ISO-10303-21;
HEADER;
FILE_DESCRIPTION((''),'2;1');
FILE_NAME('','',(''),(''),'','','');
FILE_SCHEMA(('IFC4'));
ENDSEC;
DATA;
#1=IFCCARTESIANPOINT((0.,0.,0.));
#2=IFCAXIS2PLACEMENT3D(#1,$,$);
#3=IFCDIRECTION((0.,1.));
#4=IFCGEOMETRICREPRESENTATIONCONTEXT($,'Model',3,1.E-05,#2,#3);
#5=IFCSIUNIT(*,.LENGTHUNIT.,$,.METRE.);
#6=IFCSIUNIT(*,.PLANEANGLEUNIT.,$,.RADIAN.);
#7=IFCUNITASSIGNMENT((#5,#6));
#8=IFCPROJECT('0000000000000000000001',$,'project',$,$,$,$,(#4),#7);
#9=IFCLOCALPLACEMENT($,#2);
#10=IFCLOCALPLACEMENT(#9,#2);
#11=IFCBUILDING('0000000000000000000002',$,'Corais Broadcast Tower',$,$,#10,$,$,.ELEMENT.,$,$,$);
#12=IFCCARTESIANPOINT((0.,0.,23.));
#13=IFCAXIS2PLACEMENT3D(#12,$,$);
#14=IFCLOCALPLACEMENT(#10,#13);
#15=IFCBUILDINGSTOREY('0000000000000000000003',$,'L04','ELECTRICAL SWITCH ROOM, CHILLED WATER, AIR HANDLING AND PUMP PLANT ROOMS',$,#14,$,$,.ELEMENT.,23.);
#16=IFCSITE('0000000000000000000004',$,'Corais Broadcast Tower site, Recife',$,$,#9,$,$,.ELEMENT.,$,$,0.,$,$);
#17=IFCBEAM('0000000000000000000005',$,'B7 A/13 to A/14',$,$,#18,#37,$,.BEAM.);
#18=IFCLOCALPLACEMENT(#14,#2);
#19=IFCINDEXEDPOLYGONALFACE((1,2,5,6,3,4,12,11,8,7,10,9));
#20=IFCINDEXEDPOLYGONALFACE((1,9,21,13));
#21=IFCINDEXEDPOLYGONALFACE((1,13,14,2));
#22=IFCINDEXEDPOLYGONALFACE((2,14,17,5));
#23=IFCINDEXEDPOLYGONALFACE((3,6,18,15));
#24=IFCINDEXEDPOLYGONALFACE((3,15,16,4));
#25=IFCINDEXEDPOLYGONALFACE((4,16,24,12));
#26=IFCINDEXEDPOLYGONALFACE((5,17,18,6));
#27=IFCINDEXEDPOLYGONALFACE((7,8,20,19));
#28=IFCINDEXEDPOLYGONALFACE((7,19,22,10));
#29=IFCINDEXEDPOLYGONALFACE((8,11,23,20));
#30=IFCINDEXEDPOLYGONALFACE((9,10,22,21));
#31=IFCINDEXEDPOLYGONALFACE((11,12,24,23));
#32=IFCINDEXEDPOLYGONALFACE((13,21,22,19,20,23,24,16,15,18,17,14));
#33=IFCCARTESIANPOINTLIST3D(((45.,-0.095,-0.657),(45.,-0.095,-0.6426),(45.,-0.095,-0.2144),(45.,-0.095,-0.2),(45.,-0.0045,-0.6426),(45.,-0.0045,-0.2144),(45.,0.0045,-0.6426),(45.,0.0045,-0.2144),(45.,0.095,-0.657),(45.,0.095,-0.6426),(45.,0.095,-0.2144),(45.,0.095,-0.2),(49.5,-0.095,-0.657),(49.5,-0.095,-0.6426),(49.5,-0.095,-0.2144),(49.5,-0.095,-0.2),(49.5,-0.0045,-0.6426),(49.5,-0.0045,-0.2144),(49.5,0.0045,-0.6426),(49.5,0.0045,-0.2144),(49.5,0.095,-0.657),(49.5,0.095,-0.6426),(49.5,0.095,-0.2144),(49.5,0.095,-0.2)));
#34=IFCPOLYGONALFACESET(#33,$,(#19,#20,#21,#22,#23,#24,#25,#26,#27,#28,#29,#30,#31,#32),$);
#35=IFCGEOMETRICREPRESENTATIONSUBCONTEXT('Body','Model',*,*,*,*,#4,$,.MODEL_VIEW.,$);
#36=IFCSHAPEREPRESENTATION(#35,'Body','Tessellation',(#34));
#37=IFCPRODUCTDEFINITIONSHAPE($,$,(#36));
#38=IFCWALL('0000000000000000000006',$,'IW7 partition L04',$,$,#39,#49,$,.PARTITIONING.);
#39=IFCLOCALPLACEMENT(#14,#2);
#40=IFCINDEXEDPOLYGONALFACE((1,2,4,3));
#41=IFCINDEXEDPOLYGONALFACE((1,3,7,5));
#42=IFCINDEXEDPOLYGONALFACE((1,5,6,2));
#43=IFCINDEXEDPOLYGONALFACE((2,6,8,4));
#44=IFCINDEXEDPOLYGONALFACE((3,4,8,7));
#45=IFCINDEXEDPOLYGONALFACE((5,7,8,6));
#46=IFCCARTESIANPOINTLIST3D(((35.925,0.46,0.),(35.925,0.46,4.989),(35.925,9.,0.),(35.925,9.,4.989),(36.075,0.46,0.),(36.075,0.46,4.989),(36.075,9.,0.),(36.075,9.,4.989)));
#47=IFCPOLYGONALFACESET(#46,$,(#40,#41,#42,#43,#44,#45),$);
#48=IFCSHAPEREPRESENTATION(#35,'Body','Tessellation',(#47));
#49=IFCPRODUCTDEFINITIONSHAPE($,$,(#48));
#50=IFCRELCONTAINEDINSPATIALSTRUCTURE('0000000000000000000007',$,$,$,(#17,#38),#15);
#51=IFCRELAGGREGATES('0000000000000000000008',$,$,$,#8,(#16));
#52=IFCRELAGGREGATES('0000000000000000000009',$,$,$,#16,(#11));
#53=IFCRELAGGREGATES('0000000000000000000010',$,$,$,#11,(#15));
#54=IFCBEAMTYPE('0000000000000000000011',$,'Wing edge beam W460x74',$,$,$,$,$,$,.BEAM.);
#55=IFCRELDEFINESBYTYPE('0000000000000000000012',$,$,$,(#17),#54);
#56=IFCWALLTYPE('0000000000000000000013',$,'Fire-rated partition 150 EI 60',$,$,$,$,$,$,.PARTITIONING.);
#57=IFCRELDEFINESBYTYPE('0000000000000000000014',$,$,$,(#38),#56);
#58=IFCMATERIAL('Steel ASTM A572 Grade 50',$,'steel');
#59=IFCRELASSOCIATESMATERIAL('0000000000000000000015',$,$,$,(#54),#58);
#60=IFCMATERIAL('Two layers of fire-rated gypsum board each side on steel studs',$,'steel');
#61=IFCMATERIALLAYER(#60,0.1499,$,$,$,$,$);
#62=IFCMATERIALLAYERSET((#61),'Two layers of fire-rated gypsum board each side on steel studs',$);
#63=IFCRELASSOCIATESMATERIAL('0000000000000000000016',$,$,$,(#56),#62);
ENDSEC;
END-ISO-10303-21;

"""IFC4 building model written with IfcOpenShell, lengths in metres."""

from ifc_helpers import new_model, si_unit, direction, frame, frame_2d, origin, origin_2d, place, context, subcontext, project, spatial, rectangle, i_section, extrude, material, layer, layer_set, material_profile, profile_set, type_object, element, save


model = new_model("IFC4")

# Units and contexts
model_context = context("Model", 3, precision=1e-05, world=origin(), true_north=direction((0.0, 1.0)))
body_context = subcontext(model_context, "Body", "Model", "MODEL_VIEW")
ifc_project = project(units=[si_unit("LENGTHUNIT", "METRE"), si_unit("PLANEANGLEUNIT", "RADIAN")], contexts=[model_context])

# Site, building, storey
site_placement = place(None, origin())
site = spatial("IfcSite", under=ifc_project, at=site_placement, Name="Corais Broadcast Tower site, Recife", CompositionType="ELEMENT", RefElevation=0.0)
building_placement = place(site_placement, origin())
building = spatial("IfcBuilding", under=site, at=building_placement, Name="Corais Broadcast Tower", CompositionType="ELEMENT")
storey_placement = place(building_placement, frame((0.0, 0.0, 23.0)))
storey = spatial("IfcBuildingStorey", under=building, at=storey_placement, Name="L04", Description="ELECTRICAL SWITCH ROOM, CHILLED WATER, AIR HANDLING AND PUMP PLANT ROOMS", CompositionType="ELEMENT", Elevation=23.0)

# Beam
ifc_material_1 = material(Name="Steel ASTM A572 Grade 50", Category="steel")
ifc_material_profile_1 = material_profile(ifc_material_1, i_section(OverallWidth=0.1899, OverallDepth=0.457, WebThickness=0.009, FlangeThickness=0.0144, at=origin_2d()), Name="W460x74")
ifc_profile_set_1 = profile_set([ifc_material_profile_1], Name="Steel ASTM A572 Grade 50")
beam_type_1 = type_object("IfcBeamType", Name="Wing edge beam W460x74", PredefinedType="BEAM", material=ifc_profile_set_1)
beam_1_placement = place(storey_placement, frame((45.0, 0.0, -0.4285), z_axis=(1.0, 0.0, 0.0), x_axis=(0.0, 1.0, 0.0)))
element("IfcBeam", 1, at=beam_1_placement, inside=storey, type_object=beam_type_1, Name="B7 A/13 to A/14", PredefinedType="BEAM", context=body_context, shape_type="SweptSolid", body=[
    extrude(i_section(OverallWidth=0.1899, OverallDepth=0.457, WebThickness=0.009, FlangeThickness=0.0144, at=origin_2d()), origin(), (0.0, 0.0, 1.0), 4.5),
])

# Wall
ifc_material_2 = material(Name="Two layers of fire-rated gypsum board each side on steel studs", Category="steel")
ifc_layer = layer(ifc_material_2, 0.1499)
ifc_layer_set = layer_set([ifc_layer], Name="Two layers of fire-rated gypsum board each side on steel studs")
wall_type = type_object("IfcWallType", Name="Fire-rated partition 150 EI 60", PredefinedType="PARTITIONING", material=ifc_layer_set)
wall_placement = place(storey_placement, frame((36.0, 0.46, 0.0), z_axis=(0.0, 0.0, 1.0), x_axis=(0.0, 1.0, 0.0)))
element("IfcWall", 2, at=wall_placement, inside=storey, type_object=wall_type, Name="IW7 partition L04", PredefinedType="PARTITIONING", context=body_context, shape_type="SweptSolid", body=[
    extrude(rectangle(XDim=8.54, YDim=0.1499, at=frame_2d((4.27, 0.0))), origin(), (0.0, 0.0, 1.0), 4.989),
])

save(model, "model.ifc")
